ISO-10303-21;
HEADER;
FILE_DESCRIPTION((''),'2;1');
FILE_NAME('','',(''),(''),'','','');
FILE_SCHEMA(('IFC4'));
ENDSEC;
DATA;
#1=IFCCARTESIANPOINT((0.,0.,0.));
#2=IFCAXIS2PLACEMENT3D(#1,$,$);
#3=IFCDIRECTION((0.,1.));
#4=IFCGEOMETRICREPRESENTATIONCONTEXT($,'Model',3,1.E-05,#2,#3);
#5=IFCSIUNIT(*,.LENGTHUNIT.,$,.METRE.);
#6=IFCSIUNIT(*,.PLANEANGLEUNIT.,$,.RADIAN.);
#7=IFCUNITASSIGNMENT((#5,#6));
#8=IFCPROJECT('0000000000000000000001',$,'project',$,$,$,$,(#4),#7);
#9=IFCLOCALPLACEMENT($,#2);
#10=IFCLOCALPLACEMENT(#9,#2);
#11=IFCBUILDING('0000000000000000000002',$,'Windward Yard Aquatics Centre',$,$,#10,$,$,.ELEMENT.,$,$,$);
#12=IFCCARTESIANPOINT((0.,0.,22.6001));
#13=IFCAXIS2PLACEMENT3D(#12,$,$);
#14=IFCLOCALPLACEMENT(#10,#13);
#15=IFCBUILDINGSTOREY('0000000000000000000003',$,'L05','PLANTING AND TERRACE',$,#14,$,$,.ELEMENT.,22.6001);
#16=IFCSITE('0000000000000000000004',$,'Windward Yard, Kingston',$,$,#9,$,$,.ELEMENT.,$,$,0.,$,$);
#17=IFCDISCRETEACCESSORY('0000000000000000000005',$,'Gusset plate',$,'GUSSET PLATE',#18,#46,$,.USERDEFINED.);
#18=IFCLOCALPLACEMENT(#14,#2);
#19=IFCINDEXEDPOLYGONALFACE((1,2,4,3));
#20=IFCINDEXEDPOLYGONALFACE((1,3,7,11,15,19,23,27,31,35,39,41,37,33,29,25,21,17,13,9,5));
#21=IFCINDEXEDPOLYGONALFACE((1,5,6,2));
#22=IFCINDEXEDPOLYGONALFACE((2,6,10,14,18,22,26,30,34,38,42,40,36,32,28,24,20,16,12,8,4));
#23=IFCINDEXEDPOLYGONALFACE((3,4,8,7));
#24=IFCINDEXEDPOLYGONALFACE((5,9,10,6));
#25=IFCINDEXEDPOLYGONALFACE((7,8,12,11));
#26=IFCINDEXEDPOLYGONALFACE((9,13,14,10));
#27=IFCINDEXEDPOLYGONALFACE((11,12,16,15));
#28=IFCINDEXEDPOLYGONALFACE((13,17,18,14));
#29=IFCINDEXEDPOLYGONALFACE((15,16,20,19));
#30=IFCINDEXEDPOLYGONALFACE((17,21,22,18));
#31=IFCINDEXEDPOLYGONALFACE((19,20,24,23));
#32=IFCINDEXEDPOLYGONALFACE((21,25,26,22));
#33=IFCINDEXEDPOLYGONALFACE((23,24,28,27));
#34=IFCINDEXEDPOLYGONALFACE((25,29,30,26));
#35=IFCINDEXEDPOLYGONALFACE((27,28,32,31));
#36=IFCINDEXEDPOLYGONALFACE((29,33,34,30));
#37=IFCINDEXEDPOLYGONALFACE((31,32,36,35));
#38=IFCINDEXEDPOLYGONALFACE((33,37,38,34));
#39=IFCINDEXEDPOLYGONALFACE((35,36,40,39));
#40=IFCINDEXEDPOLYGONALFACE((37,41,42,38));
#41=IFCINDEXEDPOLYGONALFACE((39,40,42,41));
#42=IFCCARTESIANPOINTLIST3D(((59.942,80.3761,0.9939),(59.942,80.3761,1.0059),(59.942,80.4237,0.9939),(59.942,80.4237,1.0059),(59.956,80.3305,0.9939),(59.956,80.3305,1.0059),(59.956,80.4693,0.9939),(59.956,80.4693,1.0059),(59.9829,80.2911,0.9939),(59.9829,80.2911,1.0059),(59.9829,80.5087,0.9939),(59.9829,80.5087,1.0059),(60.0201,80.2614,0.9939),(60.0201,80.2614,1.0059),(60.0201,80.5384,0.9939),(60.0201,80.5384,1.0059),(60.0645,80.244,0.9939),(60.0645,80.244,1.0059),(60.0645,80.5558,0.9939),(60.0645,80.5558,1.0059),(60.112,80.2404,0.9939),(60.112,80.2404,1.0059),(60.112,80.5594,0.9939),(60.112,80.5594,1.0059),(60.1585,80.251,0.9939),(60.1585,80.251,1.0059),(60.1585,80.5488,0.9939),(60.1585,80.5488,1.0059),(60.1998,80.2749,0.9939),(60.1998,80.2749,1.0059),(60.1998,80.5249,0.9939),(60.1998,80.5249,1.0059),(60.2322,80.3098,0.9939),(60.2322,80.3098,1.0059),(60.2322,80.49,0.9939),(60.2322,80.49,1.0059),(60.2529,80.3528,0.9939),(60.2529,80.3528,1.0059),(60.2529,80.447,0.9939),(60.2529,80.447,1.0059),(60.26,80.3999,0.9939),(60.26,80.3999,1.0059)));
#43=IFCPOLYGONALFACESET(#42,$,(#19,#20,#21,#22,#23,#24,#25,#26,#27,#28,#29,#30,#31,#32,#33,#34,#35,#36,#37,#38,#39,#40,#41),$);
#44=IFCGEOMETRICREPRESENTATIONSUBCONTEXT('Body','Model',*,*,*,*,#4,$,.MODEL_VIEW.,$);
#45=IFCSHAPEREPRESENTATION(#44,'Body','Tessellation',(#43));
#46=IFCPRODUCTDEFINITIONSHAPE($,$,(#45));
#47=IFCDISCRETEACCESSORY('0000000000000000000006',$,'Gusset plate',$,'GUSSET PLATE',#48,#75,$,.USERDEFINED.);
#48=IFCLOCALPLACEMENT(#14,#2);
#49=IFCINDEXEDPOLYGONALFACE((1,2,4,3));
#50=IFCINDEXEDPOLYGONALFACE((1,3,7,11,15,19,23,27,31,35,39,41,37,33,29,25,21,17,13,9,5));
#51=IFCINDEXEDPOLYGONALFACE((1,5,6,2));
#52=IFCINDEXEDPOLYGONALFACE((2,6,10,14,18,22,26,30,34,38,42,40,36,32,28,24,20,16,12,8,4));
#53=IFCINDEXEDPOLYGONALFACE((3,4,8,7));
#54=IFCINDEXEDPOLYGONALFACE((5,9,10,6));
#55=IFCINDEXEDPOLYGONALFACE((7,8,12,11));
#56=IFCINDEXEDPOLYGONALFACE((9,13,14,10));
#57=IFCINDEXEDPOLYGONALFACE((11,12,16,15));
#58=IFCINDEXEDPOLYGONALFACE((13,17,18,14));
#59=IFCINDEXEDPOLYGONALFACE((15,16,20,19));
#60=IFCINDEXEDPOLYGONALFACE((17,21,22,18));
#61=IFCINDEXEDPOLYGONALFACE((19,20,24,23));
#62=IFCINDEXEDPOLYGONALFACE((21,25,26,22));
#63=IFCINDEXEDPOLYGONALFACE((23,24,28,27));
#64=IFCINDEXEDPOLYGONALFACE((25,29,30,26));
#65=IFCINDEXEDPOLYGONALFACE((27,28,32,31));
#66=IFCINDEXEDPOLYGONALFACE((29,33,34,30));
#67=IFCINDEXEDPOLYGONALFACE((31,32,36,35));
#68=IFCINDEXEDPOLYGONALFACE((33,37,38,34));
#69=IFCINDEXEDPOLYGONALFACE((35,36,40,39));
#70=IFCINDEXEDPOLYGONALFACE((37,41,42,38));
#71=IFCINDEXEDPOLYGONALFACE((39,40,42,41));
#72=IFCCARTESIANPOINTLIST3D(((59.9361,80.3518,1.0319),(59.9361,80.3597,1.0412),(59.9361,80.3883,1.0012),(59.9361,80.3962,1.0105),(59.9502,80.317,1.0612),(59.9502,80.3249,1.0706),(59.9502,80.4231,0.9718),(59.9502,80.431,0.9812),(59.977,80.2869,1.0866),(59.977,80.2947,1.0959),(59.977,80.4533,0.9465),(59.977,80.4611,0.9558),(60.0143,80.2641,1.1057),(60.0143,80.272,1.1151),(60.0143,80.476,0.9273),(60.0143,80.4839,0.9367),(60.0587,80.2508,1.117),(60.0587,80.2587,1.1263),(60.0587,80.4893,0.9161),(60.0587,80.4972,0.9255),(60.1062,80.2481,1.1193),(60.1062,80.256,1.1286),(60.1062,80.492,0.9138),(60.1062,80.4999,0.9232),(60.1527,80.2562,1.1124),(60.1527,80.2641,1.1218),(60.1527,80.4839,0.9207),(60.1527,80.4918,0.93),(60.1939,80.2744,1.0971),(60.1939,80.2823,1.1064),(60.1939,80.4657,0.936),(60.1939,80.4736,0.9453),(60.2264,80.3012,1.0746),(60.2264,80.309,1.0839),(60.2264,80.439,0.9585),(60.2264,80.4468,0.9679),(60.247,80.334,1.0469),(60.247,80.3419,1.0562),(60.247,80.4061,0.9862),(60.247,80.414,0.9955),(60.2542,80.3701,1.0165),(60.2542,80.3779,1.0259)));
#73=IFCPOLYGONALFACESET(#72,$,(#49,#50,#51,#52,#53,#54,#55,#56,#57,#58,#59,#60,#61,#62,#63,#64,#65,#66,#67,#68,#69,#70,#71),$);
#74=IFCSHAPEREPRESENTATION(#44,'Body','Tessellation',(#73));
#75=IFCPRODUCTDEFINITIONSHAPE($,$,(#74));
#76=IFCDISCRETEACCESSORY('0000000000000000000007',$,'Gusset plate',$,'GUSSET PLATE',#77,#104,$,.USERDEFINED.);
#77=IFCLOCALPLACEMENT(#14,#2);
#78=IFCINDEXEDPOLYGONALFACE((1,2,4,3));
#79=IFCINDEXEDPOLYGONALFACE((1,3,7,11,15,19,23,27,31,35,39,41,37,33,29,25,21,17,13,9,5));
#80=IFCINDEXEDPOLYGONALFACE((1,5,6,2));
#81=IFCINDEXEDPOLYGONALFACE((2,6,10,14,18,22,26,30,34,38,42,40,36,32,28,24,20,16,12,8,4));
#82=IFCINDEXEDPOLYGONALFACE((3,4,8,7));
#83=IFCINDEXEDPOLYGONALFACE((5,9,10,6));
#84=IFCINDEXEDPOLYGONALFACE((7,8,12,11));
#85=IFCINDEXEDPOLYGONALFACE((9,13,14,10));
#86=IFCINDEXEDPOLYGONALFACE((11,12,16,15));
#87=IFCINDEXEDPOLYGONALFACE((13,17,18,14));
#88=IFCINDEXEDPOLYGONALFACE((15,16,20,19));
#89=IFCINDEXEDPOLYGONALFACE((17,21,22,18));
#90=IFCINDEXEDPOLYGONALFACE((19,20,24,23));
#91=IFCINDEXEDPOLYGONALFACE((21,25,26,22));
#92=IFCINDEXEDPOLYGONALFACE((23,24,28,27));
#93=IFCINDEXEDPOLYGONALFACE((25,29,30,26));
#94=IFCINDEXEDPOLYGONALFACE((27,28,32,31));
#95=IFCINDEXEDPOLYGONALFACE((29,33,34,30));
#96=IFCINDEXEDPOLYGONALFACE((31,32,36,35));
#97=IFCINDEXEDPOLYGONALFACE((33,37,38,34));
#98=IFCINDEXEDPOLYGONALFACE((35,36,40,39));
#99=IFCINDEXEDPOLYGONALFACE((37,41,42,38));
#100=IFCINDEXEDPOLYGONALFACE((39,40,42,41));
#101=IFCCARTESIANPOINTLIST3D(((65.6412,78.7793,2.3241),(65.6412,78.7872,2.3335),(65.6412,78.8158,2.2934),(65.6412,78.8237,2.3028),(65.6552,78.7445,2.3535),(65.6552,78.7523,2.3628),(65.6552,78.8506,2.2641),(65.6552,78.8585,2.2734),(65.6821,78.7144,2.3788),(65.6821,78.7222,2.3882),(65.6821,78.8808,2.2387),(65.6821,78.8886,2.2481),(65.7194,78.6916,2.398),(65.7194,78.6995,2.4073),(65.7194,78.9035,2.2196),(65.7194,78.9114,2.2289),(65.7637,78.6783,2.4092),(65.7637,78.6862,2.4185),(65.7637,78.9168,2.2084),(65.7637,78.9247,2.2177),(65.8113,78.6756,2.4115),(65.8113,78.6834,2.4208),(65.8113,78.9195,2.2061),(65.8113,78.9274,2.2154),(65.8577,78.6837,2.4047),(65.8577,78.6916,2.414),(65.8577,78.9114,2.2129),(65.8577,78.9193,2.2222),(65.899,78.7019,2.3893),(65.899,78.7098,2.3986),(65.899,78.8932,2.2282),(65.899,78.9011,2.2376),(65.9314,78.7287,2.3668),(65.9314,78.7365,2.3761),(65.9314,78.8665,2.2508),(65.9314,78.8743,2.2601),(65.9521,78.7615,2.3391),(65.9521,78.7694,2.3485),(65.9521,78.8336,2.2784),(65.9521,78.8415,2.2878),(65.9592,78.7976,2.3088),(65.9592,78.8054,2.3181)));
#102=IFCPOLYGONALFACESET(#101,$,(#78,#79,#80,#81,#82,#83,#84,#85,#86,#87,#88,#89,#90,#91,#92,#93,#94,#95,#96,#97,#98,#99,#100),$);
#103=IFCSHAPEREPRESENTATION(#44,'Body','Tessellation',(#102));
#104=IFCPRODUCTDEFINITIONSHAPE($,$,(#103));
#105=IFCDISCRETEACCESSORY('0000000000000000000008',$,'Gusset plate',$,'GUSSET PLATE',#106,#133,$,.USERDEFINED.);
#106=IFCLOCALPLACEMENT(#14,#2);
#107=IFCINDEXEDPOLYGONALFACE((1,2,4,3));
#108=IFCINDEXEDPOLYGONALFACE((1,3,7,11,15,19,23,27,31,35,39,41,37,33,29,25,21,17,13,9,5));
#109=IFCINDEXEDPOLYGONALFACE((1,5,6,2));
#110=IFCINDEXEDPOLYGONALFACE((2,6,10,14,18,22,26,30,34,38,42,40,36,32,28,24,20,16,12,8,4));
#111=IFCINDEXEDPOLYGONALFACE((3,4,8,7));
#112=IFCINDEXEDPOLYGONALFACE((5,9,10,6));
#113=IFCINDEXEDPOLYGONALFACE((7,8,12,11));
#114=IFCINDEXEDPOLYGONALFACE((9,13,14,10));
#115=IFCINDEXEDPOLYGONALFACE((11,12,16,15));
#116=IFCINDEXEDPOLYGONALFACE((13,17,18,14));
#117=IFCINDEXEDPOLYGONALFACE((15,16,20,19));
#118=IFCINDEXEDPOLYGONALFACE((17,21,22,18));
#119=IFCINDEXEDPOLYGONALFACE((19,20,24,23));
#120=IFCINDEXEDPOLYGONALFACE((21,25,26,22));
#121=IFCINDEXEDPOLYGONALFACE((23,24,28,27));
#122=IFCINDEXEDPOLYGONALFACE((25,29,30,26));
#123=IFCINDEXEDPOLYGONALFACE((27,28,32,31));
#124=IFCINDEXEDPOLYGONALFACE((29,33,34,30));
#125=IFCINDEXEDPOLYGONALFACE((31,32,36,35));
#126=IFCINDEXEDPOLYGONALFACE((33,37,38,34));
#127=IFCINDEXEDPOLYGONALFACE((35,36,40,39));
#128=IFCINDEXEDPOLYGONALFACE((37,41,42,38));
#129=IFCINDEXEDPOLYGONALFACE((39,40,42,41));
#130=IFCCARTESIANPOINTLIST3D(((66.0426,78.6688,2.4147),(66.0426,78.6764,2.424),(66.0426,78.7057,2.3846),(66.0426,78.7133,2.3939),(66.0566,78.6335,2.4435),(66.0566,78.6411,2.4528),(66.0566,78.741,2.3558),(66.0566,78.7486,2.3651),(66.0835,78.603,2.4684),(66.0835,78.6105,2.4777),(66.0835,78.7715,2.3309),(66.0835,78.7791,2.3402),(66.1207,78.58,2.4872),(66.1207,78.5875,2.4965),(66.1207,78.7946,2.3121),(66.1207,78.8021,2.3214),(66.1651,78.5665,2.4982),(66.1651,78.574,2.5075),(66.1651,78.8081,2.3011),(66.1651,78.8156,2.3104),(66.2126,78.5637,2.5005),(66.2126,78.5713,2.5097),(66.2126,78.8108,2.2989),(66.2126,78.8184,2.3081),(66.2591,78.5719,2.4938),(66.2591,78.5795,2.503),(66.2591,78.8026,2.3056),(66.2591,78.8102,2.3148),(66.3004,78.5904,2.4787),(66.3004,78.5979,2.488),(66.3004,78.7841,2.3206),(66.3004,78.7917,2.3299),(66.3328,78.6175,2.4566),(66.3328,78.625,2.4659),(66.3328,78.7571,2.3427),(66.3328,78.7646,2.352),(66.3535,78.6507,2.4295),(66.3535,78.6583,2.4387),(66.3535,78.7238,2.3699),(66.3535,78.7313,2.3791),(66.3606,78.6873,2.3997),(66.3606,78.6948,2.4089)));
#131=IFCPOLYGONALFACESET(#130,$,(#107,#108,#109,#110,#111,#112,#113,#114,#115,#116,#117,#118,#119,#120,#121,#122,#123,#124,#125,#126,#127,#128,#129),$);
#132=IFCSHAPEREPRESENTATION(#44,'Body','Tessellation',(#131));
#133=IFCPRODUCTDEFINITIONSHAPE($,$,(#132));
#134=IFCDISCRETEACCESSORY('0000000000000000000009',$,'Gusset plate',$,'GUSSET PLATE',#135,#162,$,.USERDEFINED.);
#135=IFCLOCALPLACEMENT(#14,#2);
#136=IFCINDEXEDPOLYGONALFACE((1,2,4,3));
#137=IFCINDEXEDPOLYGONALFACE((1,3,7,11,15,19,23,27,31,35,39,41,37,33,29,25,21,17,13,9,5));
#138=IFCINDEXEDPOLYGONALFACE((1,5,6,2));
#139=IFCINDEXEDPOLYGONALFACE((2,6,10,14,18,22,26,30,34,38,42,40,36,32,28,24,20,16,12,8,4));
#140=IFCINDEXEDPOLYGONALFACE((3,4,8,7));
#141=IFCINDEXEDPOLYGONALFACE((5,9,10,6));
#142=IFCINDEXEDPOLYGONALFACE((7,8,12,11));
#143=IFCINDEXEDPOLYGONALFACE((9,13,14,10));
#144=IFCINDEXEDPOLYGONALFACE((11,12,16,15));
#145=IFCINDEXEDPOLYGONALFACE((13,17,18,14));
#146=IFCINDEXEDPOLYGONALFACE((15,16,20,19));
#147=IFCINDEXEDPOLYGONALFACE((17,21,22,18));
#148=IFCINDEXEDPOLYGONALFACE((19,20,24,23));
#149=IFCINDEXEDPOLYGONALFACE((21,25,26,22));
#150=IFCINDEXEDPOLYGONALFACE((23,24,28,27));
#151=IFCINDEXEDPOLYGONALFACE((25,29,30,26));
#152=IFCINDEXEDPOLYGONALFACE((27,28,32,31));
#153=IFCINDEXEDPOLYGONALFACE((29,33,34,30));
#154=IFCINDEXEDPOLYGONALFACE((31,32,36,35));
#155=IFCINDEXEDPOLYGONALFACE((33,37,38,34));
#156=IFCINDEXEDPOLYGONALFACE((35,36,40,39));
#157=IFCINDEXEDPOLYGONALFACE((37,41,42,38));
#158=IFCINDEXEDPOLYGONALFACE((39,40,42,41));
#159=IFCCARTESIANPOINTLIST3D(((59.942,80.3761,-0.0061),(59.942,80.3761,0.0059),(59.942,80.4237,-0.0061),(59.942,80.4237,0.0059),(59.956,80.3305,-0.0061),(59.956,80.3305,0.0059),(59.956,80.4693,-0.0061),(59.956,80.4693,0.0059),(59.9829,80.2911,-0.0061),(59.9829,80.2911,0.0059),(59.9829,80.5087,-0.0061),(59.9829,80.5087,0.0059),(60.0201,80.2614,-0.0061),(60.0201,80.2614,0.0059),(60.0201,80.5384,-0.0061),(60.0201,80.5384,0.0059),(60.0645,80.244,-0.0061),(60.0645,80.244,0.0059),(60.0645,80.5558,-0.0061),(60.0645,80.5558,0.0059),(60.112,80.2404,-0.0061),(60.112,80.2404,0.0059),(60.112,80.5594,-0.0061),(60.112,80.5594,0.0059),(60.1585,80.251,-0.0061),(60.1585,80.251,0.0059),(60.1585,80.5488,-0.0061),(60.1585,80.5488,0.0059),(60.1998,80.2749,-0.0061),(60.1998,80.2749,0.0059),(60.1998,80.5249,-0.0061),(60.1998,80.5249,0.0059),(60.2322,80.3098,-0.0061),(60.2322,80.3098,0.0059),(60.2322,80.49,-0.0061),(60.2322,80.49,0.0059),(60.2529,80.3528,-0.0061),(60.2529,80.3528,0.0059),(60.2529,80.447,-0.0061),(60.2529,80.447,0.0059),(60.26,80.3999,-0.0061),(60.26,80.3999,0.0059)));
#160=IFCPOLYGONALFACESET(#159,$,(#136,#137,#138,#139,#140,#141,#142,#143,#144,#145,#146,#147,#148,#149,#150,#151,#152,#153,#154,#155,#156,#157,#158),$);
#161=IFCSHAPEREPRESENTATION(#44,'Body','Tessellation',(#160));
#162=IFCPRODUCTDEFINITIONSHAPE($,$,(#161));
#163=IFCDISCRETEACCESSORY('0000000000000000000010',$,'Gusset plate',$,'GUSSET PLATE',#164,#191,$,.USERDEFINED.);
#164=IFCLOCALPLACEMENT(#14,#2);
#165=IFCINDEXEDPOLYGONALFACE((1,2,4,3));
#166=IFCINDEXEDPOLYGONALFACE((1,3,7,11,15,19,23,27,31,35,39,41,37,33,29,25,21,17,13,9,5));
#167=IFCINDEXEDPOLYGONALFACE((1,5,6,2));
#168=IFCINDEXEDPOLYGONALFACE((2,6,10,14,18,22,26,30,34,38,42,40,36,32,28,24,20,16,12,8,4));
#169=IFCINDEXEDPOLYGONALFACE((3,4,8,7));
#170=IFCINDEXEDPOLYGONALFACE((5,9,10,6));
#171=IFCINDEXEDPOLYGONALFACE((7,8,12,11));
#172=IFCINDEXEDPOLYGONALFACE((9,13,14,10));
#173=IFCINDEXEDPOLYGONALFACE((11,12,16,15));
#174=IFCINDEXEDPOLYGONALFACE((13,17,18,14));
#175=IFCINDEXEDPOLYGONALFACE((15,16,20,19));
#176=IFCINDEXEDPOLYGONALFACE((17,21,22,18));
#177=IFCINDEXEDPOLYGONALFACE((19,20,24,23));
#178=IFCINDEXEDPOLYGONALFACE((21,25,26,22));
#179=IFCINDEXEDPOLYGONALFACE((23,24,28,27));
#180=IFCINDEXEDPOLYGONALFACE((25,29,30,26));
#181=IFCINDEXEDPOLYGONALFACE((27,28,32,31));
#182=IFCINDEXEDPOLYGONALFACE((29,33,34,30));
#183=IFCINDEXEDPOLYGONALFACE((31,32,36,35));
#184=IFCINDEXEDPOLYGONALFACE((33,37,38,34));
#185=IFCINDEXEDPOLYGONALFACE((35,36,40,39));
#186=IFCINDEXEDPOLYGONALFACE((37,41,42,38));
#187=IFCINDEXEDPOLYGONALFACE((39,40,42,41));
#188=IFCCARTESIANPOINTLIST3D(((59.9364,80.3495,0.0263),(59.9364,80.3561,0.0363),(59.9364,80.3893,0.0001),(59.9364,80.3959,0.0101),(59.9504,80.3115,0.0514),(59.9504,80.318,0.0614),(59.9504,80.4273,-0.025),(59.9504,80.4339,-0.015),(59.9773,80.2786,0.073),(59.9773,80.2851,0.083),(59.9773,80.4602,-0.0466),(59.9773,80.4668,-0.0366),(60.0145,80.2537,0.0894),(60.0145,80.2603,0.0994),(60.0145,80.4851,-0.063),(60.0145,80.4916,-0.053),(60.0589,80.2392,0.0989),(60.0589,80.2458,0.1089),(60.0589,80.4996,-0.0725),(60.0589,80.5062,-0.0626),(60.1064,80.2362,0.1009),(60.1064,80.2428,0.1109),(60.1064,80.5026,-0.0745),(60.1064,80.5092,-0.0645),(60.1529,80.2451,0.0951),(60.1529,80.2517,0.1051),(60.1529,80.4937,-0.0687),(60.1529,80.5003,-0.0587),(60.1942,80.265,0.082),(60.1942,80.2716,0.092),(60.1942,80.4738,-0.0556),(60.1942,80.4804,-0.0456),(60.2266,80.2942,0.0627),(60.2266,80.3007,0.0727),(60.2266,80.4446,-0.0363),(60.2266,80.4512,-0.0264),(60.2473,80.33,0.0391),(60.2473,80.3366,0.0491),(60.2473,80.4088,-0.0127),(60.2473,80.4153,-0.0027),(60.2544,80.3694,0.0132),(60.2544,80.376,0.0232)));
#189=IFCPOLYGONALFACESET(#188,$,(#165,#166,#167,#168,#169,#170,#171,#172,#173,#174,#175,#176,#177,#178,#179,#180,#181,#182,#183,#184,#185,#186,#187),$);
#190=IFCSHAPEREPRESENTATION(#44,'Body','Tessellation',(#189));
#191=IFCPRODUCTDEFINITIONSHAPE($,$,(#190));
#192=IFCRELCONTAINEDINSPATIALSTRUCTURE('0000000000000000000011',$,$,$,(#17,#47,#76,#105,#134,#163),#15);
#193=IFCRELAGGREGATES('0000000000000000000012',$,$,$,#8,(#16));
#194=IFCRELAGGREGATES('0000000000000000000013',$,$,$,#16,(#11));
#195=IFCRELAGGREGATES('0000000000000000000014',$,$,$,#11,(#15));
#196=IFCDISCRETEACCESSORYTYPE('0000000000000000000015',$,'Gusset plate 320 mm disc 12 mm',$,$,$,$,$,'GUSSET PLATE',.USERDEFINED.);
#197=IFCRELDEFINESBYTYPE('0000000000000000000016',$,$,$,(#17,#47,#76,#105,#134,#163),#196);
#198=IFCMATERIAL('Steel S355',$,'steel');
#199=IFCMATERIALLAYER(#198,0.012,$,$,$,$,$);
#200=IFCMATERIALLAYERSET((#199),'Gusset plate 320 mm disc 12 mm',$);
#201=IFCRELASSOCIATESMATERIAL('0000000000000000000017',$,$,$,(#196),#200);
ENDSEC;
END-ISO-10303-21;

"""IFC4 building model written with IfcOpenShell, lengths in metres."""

from ifc_helpers import new_model, si_unit, direction, frame, origin, origin_2d, place, context, subcontext, project, spatial, circle, extrude, material, layer, layer_set, type_object, element, save


model = new_model("IFC4")

# Units and contexts
model_context = context("Model", 3, precision=1e-05, world=origin(), true_north=direction((0.0, 1.0)))
body_context = subcontext(model_context, "Body", "Model", "MODEL_VIEW")
ifc_project = project(units=[si_unit("LENGTHUNIT", "METRE"), si_unit("PLANEANGLEUNIT", "RADIAN")], contexts=[model_context])

# Site, building, storey
site_placement = place(None, origin())
site = spatial("IfcSite", under=ifc_project, at=site_placement, Name="Windward Yard, Kingston", CompositionType="ELEMENT", RefElevation=0.0)
building_placement = place(site_placement, origin())
building = spatial("IfcBuilding", under=site, at=building_placement, Name="Windward Yard Aquatics Centre", CompositionType="ELEMENT")
storey_placement = place(building_placement, frame((0.0, 0.0, 22.6001)))
storey = spatial("IfcBuildingStorey", under=building, at=storey_placement, Name="L05", Description="PLANTING AND TERRACE", CompositionType="ELEMENT", Elevation=22.6001)

# Discrete accessories
ifc_material_1 = material(Name="Steel S355", Category="steel")
ifc_layer_1 = layer(ifc_material_1, 0.012)
ifc_layer_set_1 = layer_set([ifc_layer_1], Name="Gusset plate 320 mm disc 12 mm")
discrete_accessory_type = type_object("IfcDiscreteAccessoryType", Name="Gusset plate 320 mm disc 12 mm", ElementType="GUSSET PLATE", PredefinedType="USERDEFINED", material=ifc_layer_set_1)
discrete_accessory_1_placement = place(storey_placement, frame((60.1001, 80.3999, 0.9939), z_axis=(0.0, 0.0, 1.0), x_axis=(1.0, 0.0, 0.0)))
element("IfcDiscreteAccessory", 1, at=discrete_accessory_1_placement, inside=storey, type_object=discrete_accessory_type, Name="Gusset plate", ObjectType="GUSSET PLATE", PredefinedType="USERDEFINED", context=body_context, shape_type="SweptSolid", body=[
    extrude(circle(Radius=0.1599, at=origin_2d()), origin(), (0.0, 0.0, 1.0), 0.012),
])
for number, where, z_axis, x_axis, name in (
    (2, (60.0942, 80.3779, 1.0259), (0.0, -0.644136, -0.764911), (1.0, 0.0, 0.0), "Gusset plate"),
    (3, (65.7993, 78.8054, 2.3181), (0.0, -0.644136, -0.764911), (1.0, 0.0, 0.0), "Gusset plate"),
):
    element("IfcDiscreteAccessory", number, at=place(storey_placement, frame(where, z_axis=z_axis, x_axis=x_axis)), inside=storey, type_object=discrete_accessory_type, Name=name, ObjectType="GUSSET PLATE", PredefinedType="USERDEFINED", context=body_context, shape_type="SweptSolid", body=[
        extrude(circle(Radius=0.1599, at=origin_2d()), origin(), (0.0, 0.0, 1.0), 0.0122),
    ])
for number, where, z_axis, x_axis, name in (
    (4, (66.2007, 78.6948, 2.4089), (0.0, -0.632127, -0.774865), (1.0, 0.0, 0.0), "Gusset plate"),
    (5, (60.1001, 80.3999, -0.0061), (0.0, 0.0, 1.0), (1.0, 0.0, 0.0), "Gusset plate"),
    (6, (60.0945, 80.376, 0.0232), (0.0, -0.549991, -0.835171), (1.0, 0.0, 0.0), "Gusset plate"),
):
    element("IfcDiscreteAccessory", number, at=place(storey_placement, frame(where, z_axis=z_axis, x_axis=x_axis)), inside=storey, type_object=discrete_accessory_type, Name=name, ObjectType="GUSSET PLATE", PredefinedType="USERDEFINED", context=body_context, shape_type="SweptSolid", body=[
        extrude(circle(Radius=0.1599, at=origin_2d()), origin(), (0.0, 0.0, 1.0), 0.012),
    ])

save(model, "model.ifc")
